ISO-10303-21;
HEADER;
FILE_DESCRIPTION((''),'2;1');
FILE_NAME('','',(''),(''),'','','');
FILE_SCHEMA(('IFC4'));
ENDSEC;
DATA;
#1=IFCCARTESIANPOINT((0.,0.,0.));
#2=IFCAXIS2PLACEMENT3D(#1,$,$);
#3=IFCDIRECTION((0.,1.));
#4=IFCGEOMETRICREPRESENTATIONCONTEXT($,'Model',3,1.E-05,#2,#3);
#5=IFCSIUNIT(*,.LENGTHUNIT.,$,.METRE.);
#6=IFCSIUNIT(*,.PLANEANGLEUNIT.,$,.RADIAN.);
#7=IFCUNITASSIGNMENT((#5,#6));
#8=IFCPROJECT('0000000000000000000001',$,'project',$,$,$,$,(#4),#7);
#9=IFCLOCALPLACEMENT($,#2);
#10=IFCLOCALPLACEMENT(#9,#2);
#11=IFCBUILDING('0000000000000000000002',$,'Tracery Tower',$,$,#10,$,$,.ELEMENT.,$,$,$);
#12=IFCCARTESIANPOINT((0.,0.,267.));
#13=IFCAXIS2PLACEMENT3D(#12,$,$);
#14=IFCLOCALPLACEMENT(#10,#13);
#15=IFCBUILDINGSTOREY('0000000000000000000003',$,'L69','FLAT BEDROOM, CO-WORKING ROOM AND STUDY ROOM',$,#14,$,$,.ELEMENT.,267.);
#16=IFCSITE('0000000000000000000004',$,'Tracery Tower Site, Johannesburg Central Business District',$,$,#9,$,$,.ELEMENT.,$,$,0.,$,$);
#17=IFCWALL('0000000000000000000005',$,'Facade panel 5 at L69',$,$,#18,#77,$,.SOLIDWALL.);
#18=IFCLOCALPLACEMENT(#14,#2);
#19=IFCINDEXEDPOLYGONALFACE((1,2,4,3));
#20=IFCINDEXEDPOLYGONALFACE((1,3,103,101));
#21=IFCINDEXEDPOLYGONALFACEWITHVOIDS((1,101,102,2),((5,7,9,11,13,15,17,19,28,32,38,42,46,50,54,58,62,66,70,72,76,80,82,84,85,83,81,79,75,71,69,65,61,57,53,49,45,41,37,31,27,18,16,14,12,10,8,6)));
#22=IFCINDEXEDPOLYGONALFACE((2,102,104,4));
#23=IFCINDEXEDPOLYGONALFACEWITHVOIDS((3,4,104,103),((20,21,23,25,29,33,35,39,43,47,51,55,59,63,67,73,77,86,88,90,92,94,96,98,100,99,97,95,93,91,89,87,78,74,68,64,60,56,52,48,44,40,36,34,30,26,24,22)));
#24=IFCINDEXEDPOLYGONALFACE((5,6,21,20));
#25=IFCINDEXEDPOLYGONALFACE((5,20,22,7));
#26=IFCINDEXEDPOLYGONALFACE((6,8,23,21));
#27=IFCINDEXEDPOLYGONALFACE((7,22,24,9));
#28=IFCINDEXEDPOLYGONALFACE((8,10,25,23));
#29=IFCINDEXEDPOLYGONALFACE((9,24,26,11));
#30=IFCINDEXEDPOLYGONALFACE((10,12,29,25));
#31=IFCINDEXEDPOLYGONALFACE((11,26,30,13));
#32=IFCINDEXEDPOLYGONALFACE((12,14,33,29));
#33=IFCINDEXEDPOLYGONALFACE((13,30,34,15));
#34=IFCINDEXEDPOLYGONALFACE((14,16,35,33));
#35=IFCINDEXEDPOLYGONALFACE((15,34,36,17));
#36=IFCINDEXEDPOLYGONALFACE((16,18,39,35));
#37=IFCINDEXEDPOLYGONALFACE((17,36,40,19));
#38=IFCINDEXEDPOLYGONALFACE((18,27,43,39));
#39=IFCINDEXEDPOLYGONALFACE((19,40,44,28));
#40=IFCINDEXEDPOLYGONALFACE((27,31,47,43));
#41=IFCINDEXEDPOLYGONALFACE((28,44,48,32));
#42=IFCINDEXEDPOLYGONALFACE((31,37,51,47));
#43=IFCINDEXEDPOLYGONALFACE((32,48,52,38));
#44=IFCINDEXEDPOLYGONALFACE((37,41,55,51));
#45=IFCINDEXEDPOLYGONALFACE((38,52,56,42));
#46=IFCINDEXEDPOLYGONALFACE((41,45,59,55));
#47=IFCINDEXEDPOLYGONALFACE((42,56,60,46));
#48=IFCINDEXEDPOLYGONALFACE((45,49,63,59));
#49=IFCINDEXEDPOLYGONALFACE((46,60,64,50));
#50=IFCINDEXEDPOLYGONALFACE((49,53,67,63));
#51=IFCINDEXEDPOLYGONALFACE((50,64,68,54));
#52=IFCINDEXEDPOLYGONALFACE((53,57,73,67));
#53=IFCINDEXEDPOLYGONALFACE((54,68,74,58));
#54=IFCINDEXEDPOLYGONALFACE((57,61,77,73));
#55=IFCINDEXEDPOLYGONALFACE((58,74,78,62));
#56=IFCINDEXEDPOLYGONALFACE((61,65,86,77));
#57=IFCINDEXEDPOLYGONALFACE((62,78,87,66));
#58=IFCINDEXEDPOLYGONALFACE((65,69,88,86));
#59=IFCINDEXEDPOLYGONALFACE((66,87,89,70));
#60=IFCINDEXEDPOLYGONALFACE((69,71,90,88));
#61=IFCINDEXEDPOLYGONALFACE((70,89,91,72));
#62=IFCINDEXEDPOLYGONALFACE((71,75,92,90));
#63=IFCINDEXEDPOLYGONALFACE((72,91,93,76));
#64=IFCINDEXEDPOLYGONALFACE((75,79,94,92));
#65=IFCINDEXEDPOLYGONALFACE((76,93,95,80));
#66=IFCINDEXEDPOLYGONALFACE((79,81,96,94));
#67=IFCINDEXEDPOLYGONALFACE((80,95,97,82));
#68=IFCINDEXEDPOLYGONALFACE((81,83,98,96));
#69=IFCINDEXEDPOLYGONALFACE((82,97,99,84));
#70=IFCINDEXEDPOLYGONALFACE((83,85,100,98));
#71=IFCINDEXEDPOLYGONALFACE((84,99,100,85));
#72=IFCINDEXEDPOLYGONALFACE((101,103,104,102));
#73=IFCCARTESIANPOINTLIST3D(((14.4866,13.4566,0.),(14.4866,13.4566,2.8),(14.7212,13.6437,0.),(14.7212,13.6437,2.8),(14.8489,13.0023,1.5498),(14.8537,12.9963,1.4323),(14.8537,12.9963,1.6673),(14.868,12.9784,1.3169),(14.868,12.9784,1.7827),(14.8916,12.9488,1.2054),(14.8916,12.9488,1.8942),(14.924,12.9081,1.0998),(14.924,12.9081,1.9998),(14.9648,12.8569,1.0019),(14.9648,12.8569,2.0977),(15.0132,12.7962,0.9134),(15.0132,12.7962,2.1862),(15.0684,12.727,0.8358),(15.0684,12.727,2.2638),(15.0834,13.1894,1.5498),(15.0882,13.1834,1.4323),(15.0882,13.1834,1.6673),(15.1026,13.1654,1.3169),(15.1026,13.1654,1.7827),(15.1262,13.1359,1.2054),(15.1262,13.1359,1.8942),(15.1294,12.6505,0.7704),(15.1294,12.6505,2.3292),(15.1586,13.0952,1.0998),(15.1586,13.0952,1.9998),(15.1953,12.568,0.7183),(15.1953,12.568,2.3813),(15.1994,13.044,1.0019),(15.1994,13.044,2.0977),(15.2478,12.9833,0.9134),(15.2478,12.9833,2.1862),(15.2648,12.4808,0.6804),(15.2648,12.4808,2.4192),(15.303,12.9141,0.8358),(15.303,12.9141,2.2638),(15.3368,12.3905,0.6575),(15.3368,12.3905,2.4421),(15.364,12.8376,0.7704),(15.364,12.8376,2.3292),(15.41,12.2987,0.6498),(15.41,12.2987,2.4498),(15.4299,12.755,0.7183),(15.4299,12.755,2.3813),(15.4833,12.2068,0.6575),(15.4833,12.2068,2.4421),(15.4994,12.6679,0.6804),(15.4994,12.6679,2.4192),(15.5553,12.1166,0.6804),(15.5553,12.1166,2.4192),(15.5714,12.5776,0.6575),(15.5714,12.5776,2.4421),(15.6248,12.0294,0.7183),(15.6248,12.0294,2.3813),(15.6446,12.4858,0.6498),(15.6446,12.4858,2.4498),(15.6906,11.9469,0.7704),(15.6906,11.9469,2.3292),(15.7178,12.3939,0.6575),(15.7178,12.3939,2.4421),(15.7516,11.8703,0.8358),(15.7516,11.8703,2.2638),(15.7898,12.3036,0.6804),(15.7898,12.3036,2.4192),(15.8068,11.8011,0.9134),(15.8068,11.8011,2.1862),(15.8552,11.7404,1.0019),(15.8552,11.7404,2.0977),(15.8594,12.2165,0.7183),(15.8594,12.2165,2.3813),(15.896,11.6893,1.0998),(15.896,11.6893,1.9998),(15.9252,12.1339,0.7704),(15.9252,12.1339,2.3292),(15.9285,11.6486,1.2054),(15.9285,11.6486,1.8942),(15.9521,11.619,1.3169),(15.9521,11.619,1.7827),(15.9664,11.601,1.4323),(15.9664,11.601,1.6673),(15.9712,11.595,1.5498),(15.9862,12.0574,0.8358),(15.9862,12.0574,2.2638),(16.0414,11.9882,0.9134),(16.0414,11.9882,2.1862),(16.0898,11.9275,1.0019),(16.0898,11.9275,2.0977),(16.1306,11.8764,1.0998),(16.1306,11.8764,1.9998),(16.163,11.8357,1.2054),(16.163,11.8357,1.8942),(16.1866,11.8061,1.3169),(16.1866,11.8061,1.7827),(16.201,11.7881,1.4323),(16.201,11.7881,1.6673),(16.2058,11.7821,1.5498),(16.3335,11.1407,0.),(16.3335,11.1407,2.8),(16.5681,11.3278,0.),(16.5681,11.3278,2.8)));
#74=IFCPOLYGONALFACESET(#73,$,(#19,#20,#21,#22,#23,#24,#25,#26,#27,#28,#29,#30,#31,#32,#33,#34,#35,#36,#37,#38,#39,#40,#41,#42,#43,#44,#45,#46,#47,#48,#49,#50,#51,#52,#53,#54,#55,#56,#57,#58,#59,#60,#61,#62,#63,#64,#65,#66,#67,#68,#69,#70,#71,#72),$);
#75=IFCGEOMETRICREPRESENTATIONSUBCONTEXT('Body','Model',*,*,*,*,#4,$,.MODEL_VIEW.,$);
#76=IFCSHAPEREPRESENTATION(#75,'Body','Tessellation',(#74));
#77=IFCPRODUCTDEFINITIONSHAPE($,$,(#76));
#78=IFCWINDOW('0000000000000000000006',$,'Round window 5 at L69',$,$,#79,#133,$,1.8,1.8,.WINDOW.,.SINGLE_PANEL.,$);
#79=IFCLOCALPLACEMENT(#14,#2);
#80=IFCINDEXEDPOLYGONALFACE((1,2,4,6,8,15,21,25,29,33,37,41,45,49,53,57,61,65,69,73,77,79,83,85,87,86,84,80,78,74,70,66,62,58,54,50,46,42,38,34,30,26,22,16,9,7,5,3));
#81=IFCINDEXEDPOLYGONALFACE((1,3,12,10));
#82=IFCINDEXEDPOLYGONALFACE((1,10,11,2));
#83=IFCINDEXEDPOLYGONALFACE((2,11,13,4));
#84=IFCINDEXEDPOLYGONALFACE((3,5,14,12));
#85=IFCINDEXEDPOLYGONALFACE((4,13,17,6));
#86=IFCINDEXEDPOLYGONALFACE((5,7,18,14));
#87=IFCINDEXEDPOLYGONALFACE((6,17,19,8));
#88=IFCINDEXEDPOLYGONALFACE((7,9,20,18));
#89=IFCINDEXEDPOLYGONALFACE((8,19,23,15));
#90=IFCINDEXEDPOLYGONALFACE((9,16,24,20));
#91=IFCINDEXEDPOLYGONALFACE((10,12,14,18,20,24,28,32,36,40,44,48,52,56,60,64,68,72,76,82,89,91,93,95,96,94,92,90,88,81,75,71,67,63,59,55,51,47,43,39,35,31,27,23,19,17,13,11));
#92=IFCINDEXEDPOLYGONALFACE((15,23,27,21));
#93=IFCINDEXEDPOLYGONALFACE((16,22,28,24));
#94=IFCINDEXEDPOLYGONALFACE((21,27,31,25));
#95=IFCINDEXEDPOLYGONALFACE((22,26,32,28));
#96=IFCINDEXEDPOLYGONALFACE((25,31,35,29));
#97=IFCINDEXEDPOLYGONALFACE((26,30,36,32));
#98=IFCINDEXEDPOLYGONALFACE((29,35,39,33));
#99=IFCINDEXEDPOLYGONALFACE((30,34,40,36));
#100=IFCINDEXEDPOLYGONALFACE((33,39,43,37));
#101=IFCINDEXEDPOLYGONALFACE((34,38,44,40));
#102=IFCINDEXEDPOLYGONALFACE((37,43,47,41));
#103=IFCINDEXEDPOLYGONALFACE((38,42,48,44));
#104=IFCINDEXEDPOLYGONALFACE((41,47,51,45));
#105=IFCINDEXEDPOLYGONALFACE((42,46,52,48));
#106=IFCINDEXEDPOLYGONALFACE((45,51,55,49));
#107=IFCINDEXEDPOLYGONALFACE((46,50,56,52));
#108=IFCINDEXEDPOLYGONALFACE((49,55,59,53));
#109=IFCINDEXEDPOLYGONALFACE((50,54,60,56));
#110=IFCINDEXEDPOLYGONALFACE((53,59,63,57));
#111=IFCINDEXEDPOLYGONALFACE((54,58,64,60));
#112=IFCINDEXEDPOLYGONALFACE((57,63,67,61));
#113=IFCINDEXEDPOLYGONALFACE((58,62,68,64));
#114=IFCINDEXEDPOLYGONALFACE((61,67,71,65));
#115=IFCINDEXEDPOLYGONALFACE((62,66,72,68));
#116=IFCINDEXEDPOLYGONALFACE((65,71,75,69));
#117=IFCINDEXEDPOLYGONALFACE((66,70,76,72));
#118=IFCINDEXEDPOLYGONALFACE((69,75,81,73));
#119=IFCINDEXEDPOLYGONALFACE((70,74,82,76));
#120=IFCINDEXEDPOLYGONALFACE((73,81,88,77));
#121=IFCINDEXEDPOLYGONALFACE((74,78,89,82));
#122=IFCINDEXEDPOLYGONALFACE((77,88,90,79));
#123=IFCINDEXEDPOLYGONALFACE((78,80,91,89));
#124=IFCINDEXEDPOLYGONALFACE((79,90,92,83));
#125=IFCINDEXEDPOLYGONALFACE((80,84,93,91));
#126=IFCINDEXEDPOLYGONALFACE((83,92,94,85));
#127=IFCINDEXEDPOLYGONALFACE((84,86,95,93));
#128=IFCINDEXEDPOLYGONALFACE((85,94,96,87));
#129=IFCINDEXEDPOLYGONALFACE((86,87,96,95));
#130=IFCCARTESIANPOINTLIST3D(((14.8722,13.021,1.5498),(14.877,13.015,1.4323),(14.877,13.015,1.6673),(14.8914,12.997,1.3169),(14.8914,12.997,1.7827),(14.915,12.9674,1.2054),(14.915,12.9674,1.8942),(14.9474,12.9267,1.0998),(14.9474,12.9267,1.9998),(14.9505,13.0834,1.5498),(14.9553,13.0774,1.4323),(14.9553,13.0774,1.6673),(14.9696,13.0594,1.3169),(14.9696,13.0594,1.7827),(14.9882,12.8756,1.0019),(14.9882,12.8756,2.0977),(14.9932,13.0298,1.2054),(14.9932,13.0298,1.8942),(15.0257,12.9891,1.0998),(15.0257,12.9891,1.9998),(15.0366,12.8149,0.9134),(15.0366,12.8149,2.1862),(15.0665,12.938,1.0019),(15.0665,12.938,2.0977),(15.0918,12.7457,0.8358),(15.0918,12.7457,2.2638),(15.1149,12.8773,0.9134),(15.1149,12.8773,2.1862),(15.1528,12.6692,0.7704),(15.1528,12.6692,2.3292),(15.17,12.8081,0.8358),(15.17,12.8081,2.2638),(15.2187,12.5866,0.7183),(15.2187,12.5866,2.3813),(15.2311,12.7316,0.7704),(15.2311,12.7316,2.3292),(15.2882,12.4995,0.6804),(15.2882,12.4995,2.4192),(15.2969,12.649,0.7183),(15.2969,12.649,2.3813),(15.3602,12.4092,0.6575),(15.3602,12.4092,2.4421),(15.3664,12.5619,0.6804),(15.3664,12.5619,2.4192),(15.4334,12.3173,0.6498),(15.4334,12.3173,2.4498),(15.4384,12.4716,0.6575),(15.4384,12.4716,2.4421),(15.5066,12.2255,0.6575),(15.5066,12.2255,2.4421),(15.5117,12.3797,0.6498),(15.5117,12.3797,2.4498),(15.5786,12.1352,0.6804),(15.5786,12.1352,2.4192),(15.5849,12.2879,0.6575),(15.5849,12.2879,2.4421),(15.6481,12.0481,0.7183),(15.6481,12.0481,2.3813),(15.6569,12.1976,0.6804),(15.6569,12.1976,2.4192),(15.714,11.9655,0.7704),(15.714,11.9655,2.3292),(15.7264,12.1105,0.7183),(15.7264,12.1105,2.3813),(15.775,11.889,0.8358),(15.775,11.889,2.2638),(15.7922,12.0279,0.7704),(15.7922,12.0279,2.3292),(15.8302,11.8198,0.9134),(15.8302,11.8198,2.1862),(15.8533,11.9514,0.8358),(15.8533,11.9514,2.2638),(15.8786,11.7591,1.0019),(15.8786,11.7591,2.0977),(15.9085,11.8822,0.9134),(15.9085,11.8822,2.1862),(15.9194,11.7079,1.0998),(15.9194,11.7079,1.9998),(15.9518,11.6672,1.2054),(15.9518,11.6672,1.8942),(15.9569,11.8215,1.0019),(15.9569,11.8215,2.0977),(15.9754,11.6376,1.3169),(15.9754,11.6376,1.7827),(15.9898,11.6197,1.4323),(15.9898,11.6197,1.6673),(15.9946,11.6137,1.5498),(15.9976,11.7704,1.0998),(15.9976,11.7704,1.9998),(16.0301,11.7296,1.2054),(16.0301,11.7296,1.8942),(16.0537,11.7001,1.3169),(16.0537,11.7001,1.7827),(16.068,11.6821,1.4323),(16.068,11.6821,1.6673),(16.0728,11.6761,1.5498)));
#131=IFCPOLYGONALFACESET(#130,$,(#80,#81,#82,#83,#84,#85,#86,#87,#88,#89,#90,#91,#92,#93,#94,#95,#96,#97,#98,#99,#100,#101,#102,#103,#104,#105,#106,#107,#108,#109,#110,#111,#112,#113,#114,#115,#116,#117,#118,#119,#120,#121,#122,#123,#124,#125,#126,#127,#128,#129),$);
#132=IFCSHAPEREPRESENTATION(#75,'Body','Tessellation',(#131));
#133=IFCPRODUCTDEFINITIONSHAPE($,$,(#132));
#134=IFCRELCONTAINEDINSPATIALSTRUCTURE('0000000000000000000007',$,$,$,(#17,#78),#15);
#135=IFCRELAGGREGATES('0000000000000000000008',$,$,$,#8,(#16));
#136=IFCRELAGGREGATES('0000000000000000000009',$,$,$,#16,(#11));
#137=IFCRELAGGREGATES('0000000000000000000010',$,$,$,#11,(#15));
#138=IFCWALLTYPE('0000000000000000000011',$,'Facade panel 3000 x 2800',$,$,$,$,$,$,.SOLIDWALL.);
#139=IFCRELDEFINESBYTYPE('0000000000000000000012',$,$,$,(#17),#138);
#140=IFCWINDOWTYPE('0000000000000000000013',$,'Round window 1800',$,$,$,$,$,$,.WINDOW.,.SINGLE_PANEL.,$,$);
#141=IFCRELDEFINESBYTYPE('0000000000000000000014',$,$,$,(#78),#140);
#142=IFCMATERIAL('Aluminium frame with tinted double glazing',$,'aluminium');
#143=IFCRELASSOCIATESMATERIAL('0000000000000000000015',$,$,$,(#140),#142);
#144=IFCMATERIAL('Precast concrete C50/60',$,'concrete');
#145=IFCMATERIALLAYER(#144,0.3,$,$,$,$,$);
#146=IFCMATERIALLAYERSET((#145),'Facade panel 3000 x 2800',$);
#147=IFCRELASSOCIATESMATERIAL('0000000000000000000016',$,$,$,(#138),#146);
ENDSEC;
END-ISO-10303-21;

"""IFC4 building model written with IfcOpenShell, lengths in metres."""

from ifc_helpers import new_model, si_unit, direction, frame, frame_2d, origin, origin_2d, place, context, subcontext, project, spatial, rectangle, circle, extrude, material, layer, layer_set, type_object, element, fill, save


model = new_model("IFC4")

# Units and contexts
model_context = context("Model", 3, precision=1e-05, world=origin(), true_north=direction((0.0, 1.0)))
body_context = subcontext(model_context, "Body", "Model", "MODEL_VIEW")
ifc_project = project(units=[si_unit("LENGTHUNIT", "METRE"), si_unit("PLANEANGLEUNIT", "RADIAN")], contexts=[model_context])

# Site, building, storey
site_placement = place(None, origin())
site = spatial("IfcSite", under=ifc_project, at=site_placement, Name="Tracery Tower Site, Johannesburg Central Business District", CompositionType="ELEMENT", RefElevation=0.0)
building_placement = place(site_placement, origin())
building = spatial("IfcBuilding", under=site, at=building_placement, Name="Tracery Tower", CompositionType="ELEMENT")
storey_placement = place(building_placement, frame((0.0, 0.0, 267.0)))
storey = spatial("IfcBuildingStorey", under=building, at=storey_placement, Name="L69", Description="FLAT BEDROOM, CO-WORKING ROOM AND STUDY ROOM", CompositionType="ELEMENT", Elevation=267.0)

# Wall, opening, window
ifc_material_1 = material(Name="Aluminium frame with tinted double glazing", Category="aluminium")
window_type = type_object("IfcWindowType", Name="Round window 1800", PartitioningType="SINGLE_PANEL", PredefinedType="WINDOW", material=ifc_material_1)
ifc_material_2 = material(Name="Precast concrete C50/60", Category="concrete")
ifc_layer_1 = layer(ifc_material_2, 0.3)
ifc_layer_set_1 = layer_set([ifc_layer_1], Name="Facade panel 3000 x 2800")
wall_type_1 = type_object("IfcWallType", Name="Facade panel 3000 x 2800", PredefinedType="SOLIDWALL", material=ifc_layer_set_1)
wall_1_placement = place(storey_placement, frame((16.4507, 11.2344, 0.0), z_axis=(0.0, 0.0, 1.0), x_axis=(-0.623498, 0.781825, 0.0)))
wall_1 = element("IfcWall", 1, at=wall_1_placement, inside=storey, type_object=wall_type_1, Name="Facade panel 5 at L69", PredefinedType="SOLIDWALL", context=body_context, shape_type="SweptSolid", body=[
    extrude(rectangle(XDim=2.9622, YDim=0.3, at=frame_2d((1.481, 0.0))), origin(), (0.0, 0.0, 1.0), 2.8),
])
opening_1_placement = place(wall_1_placement, frame((1.481, 0.0, 1.5498)))
opening_1 = element("IfcOpeningElement", 2, at=opening_1_placement, cuts=wall_1, PredefinedType="OPENING", context=body_context, shape_type="SweptSolid", body=[
    extrude(circle(Radius=0.9, at=origin_2d()), frame((0.0, 0.1599, 0.0), z_axis=(0.0, -1.0, 0.0), x_axis=(1.0, 0.0, 0.0)), (0.0, 0.0, 1.0), 0.3201),
])
window_1_placement = place(opening_1_placement, origin())
window_1 = element("IfcWindow", 3, at=window_1_placement, inside=storey, type_object=window_type, Name="Round window 5 at L69", OverallHeight=1.8, OverallWidth=1.8, PartitioningType="SINGLE_PANEL", PredefinedType="WINDOW", context=body_context, shape_type="SweptSolid", body=[
    extrude(circle(Radius=0.9, at=origin_2d()), frame((0.0, 0.1201, 0.0), z_axis=(0.0, -1.0, 0.0), x_axis=(1.0, 0.0, 0.0)), (0.0, 0.0, 1.0), 0.1001),
])
fill(opening_1, window_1)

save(model, "model.ifc")
